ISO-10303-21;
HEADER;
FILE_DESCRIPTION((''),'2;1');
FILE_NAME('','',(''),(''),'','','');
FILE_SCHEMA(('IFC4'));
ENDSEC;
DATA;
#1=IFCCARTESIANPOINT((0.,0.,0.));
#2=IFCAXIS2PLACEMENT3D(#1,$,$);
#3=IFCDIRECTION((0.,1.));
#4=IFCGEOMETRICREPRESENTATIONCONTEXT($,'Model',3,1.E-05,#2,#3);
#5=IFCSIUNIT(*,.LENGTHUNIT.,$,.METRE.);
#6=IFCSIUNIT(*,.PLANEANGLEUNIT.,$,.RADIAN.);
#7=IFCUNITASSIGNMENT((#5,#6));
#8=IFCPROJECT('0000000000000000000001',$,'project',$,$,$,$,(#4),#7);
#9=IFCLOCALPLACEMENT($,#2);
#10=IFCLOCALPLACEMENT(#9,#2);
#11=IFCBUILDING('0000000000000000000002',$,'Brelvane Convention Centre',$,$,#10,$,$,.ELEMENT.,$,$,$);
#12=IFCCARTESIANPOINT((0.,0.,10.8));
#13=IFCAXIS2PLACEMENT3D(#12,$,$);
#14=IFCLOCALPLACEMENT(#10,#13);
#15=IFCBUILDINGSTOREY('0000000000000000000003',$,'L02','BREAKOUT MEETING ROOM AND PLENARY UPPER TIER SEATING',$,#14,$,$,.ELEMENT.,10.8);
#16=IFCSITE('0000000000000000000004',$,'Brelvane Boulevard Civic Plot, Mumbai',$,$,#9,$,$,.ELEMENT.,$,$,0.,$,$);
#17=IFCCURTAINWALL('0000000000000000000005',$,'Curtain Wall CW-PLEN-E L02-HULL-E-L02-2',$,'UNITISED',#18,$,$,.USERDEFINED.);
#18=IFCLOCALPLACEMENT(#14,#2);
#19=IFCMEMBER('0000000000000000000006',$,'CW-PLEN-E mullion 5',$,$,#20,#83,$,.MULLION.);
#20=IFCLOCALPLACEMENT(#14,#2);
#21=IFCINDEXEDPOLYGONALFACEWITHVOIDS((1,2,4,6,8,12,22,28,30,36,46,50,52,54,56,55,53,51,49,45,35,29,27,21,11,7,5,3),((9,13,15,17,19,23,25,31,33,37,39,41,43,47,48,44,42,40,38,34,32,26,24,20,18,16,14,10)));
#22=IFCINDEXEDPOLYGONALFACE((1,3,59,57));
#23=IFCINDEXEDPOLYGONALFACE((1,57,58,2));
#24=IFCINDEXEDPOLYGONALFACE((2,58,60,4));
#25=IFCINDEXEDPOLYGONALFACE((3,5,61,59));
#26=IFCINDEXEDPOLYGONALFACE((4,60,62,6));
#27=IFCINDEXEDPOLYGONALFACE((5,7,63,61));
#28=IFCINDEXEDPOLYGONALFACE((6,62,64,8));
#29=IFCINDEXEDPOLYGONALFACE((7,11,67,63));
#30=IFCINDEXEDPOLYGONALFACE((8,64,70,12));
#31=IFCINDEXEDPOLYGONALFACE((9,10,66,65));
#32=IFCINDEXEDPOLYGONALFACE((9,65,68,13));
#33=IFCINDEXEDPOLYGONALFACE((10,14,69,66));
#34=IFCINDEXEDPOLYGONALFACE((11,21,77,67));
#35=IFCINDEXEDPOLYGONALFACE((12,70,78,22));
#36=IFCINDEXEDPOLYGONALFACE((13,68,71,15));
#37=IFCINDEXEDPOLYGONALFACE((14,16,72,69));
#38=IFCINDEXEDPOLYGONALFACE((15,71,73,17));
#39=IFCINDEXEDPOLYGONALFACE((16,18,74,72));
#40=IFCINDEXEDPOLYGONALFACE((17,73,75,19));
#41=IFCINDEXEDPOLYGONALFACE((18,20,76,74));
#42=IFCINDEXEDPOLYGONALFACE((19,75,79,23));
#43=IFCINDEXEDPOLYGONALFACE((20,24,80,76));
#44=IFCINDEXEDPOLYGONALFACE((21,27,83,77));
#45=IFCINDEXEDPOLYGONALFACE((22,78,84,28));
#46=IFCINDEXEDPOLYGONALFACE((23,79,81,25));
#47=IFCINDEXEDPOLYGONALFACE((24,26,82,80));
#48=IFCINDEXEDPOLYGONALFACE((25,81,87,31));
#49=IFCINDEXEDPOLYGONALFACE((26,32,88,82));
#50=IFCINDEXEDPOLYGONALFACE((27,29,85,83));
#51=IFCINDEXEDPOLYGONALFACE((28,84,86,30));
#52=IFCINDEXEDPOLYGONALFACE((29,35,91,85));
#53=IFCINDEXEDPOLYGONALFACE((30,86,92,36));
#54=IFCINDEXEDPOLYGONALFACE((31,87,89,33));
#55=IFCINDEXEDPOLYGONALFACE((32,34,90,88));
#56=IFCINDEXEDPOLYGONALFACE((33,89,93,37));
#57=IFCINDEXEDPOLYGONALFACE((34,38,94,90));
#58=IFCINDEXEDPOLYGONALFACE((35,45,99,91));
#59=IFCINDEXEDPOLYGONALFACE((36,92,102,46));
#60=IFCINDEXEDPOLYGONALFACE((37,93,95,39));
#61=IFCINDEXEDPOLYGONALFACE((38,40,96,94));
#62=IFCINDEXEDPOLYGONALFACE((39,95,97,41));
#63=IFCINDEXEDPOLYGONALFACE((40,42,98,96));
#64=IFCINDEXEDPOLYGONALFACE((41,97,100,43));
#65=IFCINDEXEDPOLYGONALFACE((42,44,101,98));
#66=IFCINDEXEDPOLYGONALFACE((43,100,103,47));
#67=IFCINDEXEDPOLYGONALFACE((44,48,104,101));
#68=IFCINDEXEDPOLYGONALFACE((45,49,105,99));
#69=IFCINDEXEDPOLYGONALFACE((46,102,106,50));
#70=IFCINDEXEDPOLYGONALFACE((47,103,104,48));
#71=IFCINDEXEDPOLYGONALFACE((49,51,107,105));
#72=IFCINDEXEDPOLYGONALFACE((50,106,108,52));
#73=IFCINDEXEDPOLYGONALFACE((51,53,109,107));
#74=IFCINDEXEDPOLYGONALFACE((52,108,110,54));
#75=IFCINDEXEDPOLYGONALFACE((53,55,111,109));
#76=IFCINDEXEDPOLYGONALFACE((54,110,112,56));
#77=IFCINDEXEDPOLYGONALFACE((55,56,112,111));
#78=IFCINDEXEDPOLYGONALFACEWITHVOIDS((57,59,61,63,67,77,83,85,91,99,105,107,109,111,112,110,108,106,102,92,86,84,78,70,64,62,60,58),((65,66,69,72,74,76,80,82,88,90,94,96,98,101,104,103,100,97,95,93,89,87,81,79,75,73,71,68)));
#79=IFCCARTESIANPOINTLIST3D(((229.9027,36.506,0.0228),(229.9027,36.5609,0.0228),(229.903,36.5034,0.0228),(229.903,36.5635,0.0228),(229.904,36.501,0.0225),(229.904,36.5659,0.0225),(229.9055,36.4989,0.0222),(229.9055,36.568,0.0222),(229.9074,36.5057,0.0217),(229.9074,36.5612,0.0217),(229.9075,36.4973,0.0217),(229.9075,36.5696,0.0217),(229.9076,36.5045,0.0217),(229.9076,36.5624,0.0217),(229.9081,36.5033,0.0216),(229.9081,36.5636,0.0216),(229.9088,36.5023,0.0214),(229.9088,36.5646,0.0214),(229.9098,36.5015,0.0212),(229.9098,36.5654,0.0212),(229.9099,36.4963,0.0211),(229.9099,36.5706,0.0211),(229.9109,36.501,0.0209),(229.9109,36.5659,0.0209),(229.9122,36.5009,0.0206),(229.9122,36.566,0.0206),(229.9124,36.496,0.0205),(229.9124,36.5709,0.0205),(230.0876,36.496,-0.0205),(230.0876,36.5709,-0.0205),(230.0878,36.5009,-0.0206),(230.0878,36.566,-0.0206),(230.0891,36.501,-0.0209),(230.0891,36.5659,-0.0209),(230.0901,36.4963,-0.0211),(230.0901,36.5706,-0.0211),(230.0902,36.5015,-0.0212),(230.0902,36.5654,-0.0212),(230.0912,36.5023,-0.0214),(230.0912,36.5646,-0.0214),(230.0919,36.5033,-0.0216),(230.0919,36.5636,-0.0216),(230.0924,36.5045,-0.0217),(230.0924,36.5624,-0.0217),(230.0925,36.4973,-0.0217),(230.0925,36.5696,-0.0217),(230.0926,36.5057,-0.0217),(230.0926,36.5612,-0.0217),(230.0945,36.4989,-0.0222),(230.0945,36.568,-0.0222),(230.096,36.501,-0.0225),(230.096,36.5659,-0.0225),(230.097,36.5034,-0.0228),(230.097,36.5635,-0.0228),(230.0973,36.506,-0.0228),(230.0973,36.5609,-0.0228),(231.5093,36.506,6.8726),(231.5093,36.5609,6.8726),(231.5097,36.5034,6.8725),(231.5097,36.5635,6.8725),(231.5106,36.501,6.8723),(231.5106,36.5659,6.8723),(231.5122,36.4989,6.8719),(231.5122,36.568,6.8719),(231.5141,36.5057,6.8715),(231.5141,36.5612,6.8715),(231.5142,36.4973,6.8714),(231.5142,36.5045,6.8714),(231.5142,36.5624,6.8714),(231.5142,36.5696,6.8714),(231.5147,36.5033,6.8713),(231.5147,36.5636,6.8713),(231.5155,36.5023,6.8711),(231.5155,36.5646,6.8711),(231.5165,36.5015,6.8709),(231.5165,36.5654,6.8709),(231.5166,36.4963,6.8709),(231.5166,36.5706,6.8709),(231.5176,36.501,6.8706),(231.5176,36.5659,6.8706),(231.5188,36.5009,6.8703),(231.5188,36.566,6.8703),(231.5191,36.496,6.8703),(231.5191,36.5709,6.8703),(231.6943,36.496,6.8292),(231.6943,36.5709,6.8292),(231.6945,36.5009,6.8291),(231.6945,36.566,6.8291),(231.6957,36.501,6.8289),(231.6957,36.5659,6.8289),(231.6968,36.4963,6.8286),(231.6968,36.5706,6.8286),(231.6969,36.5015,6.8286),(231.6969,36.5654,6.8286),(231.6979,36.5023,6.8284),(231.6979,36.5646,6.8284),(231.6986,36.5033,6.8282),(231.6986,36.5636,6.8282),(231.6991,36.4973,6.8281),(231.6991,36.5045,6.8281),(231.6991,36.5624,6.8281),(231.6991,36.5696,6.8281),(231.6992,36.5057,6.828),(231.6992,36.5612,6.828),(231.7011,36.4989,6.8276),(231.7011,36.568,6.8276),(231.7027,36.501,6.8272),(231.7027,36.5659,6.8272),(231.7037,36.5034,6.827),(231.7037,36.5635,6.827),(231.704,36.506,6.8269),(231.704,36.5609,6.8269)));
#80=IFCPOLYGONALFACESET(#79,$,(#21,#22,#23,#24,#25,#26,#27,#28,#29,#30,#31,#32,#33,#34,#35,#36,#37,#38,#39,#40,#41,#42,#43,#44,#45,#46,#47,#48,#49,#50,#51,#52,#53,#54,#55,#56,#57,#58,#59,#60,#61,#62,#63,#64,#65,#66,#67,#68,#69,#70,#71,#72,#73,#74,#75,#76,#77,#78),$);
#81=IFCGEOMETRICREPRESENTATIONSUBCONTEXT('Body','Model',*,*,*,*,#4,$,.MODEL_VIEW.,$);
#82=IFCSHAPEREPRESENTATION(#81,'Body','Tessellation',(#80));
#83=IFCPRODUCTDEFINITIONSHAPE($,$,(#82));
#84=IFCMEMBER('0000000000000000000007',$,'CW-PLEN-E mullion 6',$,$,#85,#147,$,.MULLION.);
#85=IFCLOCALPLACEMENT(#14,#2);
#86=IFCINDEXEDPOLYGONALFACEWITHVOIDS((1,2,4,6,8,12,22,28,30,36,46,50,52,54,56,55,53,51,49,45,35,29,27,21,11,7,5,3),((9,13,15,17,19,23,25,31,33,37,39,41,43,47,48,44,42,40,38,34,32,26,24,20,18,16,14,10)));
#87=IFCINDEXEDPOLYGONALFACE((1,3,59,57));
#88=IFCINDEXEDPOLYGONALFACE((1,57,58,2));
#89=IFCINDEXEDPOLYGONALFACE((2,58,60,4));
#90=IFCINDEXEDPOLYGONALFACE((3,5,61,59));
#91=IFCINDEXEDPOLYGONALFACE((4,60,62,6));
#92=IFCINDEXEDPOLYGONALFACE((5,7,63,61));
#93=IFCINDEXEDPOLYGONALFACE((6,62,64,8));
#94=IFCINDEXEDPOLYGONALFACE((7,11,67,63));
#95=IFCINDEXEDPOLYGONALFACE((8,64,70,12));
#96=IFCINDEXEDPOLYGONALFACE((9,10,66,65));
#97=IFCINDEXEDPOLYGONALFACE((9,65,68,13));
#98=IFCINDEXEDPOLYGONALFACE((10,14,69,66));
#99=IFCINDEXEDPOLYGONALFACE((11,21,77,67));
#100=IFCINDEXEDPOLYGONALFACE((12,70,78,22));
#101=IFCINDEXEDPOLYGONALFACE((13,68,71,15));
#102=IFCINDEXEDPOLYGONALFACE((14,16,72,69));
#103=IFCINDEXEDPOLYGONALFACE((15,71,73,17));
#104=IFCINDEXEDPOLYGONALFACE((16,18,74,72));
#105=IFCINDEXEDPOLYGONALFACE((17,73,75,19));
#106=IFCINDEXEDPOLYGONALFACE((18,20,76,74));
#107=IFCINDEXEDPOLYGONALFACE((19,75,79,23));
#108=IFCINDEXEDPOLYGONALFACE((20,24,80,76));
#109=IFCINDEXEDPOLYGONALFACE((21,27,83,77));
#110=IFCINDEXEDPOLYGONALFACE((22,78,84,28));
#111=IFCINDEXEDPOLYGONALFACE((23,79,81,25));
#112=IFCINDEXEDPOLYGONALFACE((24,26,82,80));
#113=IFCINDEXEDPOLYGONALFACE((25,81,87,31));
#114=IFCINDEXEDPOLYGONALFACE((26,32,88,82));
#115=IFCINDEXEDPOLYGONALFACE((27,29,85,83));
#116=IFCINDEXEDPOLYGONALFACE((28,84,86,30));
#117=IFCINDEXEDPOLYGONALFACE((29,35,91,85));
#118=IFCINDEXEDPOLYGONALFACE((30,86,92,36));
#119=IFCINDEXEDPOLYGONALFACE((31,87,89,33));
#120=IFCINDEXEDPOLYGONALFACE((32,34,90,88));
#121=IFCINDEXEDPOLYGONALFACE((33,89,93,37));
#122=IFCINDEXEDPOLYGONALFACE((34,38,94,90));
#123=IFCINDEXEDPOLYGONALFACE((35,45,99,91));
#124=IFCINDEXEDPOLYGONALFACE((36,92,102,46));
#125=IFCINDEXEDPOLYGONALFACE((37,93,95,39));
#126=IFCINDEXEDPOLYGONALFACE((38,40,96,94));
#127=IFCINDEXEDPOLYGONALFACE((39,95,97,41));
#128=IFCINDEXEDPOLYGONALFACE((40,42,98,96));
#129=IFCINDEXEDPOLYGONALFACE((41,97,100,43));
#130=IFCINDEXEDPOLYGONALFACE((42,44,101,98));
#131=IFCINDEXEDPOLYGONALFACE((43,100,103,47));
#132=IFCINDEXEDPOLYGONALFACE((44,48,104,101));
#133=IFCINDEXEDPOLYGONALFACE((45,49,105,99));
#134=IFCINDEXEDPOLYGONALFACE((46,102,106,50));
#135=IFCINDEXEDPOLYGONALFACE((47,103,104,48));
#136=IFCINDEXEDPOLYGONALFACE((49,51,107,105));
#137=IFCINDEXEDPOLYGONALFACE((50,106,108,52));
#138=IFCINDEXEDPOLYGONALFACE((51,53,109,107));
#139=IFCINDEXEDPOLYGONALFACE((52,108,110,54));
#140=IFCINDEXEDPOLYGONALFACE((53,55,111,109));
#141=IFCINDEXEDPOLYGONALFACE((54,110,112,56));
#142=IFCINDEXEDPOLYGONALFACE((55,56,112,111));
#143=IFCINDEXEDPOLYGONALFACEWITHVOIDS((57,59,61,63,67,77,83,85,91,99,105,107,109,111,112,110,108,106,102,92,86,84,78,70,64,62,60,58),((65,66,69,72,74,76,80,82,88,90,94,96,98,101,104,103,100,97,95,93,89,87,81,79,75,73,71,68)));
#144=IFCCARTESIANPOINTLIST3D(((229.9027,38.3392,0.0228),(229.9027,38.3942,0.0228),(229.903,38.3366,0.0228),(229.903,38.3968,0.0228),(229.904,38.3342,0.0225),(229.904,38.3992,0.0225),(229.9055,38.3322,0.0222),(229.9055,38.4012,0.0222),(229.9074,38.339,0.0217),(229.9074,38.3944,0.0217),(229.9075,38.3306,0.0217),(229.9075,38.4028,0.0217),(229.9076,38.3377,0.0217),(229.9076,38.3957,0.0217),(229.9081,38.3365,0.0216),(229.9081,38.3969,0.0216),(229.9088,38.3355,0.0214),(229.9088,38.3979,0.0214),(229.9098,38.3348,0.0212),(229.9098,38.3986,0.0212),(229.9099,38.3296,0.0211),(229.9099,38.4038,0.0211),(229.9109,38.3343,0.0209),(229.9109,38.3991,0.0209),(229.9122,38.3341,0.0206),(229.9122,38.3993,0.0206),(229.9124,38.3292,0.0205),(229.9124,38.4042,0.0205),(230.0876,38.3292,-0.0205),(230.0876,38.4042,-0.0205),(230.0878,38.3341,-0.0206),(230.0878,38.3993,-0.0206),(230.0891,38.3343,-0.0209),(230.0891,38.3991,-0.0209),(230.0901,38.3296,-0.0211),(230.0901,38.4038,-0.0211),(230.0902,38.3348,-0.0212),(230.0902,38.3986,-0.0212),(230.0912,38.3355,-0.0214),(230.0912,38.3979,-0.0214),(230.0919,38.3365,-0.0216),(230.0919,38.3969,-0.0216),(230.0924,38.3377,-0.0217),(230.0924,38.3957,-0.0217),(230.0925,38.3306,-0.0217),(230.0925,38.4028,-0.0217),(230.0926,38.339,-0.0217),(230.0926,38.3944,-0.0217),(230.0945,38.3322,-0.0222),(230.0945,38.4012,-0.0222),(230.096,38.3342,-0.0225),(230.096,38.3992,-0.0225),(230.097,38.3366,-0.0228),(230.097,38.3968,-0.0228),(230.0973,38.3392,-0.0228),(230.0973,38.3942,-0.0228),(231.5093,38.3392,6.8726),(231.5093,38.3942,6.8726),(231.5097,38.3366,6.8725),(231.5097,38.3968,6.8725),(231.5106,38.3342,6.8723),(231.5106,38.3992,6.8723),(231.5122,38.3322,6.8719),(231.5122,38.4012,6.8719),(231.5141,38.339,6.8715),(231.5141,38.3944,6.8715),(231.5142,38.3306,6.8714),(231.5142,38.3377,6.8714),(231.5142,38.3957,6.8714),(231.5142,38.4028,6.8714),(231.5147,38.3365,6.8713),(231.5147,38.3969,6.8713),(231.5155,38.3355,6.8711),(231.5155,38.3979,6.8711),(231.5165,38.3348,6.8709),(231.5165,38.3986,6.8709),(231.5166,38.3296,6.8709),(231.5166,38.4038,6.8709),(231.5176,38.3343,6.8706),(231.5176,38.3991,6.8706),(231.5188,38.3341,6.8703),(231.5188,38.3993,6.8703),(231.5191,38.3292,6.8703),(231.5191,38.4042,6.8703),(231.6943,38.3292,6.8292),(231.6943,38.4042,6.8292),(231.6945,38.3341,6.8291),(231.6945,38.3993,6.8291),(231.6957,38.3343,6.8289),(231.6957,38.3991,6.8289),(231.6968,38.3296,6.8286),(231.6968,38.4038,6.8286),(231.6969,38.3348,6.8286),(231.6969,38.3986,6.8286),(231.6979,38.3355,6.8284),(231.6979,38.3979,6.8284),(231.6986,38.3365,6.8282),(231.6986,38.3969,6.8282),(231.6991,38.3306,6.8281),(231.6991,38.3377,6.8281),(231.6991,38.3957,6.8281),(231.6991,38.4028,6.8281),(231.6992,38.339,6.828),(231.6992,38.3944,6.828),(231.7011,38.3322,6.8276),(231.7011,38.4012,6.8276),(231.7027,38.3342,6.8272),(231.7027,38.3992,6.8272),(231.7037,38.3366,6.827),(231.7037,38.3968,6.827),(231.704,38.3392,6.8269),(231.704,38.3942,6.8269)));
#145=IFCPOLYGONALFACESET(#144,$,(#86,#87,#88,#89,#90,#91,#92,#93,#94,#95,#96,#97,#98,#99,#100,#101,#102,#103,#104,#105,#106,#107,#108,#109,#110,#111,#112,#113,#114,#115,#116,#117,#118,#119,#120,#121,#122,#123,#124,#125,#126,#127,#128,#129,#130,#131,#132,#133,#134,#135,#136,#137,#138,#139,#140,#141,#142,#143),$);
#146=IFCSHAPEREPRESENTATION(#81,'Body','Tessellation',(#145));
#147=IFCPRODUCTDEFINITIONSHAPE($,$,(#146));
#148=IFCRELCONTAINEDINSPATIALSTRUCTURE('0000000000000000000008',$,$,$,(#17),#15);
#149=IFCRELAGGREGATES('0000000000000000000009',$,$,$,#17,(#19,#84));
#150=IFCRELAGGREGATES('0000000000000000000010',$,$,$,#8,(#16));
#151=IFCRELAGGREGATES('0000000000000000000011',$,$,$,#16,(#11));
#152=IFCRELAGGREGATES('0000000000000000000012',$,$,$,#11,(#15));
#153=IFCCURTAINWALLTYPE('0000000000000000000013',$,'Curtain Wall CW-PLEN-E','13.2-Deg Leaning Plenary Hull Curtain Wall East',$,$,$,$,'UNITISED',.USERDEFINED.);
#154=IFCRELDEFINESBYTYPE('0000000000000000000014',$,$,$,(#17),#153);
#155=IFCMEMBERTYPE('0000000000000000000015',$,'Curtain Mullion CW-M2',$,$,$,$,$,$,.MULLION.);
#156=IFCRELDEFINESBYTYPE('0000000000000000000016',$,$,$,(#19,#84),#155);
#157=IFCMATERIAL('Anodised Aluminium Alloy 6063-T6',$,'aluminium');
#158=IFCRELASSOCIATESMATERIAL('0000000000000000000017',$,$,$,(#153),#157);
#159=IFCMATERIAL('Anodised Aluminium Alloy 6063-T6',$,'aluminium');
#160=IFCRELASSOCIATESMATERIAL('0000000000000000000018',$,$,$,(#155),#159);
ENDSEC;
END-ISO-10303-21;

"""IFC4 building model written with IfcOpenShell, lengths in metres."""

from ifc_helpers import new_model, si_unit, direction, frame, origin, origin_2d, place, context, subcontext, project, spatial, hollow_rectangle, extrude, material, material_profile, profile_set, type_object, element, aggregate, save


model = new_model("IFC4")

# Units and contexts
model_context = context("Model", 3, precision=1e-05, world=origin(), true_north=direction((0.0, 1.0)))
body_context = subcontext(model_context, "Body", "Model", "MODEL_VIEW")
ifc_project = project(units=[si_unit("LENGTHUNIT", "METRE"), si_unit("PLANEANGLEUNIT", "RADIAN")], contexts=[model_context])

# Site, building, storey
site_placement = place(None, origin())
site = spatial("IfcSite", under=ifc_project, at=site_placement, Name="Brelvane Boulevard Civic Plot, Mumbai", CompositionType="ELEMENT", RefElevation=0.0)
building_placement = place(site_placement, origin())
building = spatial("IfcBuilding", under=site, at=building_placement, Name="Brelvane Convention Centre", CompositionType="ELEMENT")
storey_placement = place(building_placement, frame((0.0, 0.0, 10.8)))
storey = spatial("IfcBuildingStorey", under=building, at=storey_placement, Name="L02", Description="BREAKOUT MEETING ROOM AND PLENARY UPPER TIER SEATING", CompositionType="ELEMENT", Elevation=10.8)

# Curtain wall, members
ifc_material_1 = material(Name="Anodised Aluminium Alloy 6063-T6", Category="aluminium")
curtain_wall_type = type_object("IfcCurtainWallType", Name="Curtain Wall CW-PLEN-E", Description="13.2-Deg Leaning Plenary Hull Curtain Wall East", ElementType="UNITISED", PredefinedType="USERDEFINED", material=ifc_material_1)
curtain_wall_1_placement = place(storey_placement, origin())
curtain_wall_1 = element("IfcCurtainWall", 1, at=curtain_wall_1_placement, inside=storey, type_object=curtain_wall_type, Name="Curtain Wall CW-PLEN-E L02-HULL-E-L02-2", ObjectType="UNITISED", PredefinedType="USERDEFINED")
ifc_material_2 = material(Name="Anodised Aluminium Alloy 6063-T6", Category="aluminium")
ifc_material_profile_1 = material_profile(ifc_material_2, hollow_rectangle(XDim=0.075, YDim=0.2, WallThickness=0.0049, InnerFilletRadius=0.0049, OuterFilletRadius=0.01, at=origin_2d()), Name="ALU-M 200x75x5.0")
ifc_profile_set_1 = profile_set([ifc_material_profile_1], Name="Anodised Aluminium Alloy 6063-T6")
member_type_1 = type_object("IfcMemberType", Name="Curtain Mullion CW-M2", PredefinedType="MULLION", material=ifc_profile_set_1)
member_1_placement = place(storey_placement, frame((230.0, 36.5334, 0.0), z_axis=(0.22836, 0.0, 0.973577), x_axis=(0.0, 1.0, 0.0)))
member_1 = element("IfcMember", 2, at=member_1_placement, type_object=member_type_1, Name="CW-PLEN-E mullion 5", PredefinedType="MULLION", context=body_context, shape_type="SweptSolid", body=[
    extrude(hollow_rectangle(XDim=0.075, YDim=0.2, WallThickness=0.0049, InnerFilletRadius=0.0049, OuterFilletRadius=0.01, at=origin_2d()), origin(), (0.0, 0.0, 1.0), 7.0356),
])
member_2_placement = place(storey_placement, frame((230.0, 38.3667, 0.0), z_axis=(0.22836, 0.0, 0.973577), x_axis=(0.0, 1.0, 0.0)))
member_2 = element("IfcMember", 3, at=member_2_placement, type_object=member_type_1, Name="CW-PLEN-E mullion 6", PredefinedType="MULLION", context=body_context, shape_type="SweptSolid", body=[
    extrude(hollow_rectangle(XDim=0.075, YDim=0.2, WallThickness=0.0049, InnerFilletRadius=0.0049, OuterFilletRadius=0.01, at=origin_2d()), origin(), (0.0, 0.0, 1.0), 7.0356),
])

aggregate(curtain_wall_1, [member_1, member_2])

save(model, "model.ifc")
